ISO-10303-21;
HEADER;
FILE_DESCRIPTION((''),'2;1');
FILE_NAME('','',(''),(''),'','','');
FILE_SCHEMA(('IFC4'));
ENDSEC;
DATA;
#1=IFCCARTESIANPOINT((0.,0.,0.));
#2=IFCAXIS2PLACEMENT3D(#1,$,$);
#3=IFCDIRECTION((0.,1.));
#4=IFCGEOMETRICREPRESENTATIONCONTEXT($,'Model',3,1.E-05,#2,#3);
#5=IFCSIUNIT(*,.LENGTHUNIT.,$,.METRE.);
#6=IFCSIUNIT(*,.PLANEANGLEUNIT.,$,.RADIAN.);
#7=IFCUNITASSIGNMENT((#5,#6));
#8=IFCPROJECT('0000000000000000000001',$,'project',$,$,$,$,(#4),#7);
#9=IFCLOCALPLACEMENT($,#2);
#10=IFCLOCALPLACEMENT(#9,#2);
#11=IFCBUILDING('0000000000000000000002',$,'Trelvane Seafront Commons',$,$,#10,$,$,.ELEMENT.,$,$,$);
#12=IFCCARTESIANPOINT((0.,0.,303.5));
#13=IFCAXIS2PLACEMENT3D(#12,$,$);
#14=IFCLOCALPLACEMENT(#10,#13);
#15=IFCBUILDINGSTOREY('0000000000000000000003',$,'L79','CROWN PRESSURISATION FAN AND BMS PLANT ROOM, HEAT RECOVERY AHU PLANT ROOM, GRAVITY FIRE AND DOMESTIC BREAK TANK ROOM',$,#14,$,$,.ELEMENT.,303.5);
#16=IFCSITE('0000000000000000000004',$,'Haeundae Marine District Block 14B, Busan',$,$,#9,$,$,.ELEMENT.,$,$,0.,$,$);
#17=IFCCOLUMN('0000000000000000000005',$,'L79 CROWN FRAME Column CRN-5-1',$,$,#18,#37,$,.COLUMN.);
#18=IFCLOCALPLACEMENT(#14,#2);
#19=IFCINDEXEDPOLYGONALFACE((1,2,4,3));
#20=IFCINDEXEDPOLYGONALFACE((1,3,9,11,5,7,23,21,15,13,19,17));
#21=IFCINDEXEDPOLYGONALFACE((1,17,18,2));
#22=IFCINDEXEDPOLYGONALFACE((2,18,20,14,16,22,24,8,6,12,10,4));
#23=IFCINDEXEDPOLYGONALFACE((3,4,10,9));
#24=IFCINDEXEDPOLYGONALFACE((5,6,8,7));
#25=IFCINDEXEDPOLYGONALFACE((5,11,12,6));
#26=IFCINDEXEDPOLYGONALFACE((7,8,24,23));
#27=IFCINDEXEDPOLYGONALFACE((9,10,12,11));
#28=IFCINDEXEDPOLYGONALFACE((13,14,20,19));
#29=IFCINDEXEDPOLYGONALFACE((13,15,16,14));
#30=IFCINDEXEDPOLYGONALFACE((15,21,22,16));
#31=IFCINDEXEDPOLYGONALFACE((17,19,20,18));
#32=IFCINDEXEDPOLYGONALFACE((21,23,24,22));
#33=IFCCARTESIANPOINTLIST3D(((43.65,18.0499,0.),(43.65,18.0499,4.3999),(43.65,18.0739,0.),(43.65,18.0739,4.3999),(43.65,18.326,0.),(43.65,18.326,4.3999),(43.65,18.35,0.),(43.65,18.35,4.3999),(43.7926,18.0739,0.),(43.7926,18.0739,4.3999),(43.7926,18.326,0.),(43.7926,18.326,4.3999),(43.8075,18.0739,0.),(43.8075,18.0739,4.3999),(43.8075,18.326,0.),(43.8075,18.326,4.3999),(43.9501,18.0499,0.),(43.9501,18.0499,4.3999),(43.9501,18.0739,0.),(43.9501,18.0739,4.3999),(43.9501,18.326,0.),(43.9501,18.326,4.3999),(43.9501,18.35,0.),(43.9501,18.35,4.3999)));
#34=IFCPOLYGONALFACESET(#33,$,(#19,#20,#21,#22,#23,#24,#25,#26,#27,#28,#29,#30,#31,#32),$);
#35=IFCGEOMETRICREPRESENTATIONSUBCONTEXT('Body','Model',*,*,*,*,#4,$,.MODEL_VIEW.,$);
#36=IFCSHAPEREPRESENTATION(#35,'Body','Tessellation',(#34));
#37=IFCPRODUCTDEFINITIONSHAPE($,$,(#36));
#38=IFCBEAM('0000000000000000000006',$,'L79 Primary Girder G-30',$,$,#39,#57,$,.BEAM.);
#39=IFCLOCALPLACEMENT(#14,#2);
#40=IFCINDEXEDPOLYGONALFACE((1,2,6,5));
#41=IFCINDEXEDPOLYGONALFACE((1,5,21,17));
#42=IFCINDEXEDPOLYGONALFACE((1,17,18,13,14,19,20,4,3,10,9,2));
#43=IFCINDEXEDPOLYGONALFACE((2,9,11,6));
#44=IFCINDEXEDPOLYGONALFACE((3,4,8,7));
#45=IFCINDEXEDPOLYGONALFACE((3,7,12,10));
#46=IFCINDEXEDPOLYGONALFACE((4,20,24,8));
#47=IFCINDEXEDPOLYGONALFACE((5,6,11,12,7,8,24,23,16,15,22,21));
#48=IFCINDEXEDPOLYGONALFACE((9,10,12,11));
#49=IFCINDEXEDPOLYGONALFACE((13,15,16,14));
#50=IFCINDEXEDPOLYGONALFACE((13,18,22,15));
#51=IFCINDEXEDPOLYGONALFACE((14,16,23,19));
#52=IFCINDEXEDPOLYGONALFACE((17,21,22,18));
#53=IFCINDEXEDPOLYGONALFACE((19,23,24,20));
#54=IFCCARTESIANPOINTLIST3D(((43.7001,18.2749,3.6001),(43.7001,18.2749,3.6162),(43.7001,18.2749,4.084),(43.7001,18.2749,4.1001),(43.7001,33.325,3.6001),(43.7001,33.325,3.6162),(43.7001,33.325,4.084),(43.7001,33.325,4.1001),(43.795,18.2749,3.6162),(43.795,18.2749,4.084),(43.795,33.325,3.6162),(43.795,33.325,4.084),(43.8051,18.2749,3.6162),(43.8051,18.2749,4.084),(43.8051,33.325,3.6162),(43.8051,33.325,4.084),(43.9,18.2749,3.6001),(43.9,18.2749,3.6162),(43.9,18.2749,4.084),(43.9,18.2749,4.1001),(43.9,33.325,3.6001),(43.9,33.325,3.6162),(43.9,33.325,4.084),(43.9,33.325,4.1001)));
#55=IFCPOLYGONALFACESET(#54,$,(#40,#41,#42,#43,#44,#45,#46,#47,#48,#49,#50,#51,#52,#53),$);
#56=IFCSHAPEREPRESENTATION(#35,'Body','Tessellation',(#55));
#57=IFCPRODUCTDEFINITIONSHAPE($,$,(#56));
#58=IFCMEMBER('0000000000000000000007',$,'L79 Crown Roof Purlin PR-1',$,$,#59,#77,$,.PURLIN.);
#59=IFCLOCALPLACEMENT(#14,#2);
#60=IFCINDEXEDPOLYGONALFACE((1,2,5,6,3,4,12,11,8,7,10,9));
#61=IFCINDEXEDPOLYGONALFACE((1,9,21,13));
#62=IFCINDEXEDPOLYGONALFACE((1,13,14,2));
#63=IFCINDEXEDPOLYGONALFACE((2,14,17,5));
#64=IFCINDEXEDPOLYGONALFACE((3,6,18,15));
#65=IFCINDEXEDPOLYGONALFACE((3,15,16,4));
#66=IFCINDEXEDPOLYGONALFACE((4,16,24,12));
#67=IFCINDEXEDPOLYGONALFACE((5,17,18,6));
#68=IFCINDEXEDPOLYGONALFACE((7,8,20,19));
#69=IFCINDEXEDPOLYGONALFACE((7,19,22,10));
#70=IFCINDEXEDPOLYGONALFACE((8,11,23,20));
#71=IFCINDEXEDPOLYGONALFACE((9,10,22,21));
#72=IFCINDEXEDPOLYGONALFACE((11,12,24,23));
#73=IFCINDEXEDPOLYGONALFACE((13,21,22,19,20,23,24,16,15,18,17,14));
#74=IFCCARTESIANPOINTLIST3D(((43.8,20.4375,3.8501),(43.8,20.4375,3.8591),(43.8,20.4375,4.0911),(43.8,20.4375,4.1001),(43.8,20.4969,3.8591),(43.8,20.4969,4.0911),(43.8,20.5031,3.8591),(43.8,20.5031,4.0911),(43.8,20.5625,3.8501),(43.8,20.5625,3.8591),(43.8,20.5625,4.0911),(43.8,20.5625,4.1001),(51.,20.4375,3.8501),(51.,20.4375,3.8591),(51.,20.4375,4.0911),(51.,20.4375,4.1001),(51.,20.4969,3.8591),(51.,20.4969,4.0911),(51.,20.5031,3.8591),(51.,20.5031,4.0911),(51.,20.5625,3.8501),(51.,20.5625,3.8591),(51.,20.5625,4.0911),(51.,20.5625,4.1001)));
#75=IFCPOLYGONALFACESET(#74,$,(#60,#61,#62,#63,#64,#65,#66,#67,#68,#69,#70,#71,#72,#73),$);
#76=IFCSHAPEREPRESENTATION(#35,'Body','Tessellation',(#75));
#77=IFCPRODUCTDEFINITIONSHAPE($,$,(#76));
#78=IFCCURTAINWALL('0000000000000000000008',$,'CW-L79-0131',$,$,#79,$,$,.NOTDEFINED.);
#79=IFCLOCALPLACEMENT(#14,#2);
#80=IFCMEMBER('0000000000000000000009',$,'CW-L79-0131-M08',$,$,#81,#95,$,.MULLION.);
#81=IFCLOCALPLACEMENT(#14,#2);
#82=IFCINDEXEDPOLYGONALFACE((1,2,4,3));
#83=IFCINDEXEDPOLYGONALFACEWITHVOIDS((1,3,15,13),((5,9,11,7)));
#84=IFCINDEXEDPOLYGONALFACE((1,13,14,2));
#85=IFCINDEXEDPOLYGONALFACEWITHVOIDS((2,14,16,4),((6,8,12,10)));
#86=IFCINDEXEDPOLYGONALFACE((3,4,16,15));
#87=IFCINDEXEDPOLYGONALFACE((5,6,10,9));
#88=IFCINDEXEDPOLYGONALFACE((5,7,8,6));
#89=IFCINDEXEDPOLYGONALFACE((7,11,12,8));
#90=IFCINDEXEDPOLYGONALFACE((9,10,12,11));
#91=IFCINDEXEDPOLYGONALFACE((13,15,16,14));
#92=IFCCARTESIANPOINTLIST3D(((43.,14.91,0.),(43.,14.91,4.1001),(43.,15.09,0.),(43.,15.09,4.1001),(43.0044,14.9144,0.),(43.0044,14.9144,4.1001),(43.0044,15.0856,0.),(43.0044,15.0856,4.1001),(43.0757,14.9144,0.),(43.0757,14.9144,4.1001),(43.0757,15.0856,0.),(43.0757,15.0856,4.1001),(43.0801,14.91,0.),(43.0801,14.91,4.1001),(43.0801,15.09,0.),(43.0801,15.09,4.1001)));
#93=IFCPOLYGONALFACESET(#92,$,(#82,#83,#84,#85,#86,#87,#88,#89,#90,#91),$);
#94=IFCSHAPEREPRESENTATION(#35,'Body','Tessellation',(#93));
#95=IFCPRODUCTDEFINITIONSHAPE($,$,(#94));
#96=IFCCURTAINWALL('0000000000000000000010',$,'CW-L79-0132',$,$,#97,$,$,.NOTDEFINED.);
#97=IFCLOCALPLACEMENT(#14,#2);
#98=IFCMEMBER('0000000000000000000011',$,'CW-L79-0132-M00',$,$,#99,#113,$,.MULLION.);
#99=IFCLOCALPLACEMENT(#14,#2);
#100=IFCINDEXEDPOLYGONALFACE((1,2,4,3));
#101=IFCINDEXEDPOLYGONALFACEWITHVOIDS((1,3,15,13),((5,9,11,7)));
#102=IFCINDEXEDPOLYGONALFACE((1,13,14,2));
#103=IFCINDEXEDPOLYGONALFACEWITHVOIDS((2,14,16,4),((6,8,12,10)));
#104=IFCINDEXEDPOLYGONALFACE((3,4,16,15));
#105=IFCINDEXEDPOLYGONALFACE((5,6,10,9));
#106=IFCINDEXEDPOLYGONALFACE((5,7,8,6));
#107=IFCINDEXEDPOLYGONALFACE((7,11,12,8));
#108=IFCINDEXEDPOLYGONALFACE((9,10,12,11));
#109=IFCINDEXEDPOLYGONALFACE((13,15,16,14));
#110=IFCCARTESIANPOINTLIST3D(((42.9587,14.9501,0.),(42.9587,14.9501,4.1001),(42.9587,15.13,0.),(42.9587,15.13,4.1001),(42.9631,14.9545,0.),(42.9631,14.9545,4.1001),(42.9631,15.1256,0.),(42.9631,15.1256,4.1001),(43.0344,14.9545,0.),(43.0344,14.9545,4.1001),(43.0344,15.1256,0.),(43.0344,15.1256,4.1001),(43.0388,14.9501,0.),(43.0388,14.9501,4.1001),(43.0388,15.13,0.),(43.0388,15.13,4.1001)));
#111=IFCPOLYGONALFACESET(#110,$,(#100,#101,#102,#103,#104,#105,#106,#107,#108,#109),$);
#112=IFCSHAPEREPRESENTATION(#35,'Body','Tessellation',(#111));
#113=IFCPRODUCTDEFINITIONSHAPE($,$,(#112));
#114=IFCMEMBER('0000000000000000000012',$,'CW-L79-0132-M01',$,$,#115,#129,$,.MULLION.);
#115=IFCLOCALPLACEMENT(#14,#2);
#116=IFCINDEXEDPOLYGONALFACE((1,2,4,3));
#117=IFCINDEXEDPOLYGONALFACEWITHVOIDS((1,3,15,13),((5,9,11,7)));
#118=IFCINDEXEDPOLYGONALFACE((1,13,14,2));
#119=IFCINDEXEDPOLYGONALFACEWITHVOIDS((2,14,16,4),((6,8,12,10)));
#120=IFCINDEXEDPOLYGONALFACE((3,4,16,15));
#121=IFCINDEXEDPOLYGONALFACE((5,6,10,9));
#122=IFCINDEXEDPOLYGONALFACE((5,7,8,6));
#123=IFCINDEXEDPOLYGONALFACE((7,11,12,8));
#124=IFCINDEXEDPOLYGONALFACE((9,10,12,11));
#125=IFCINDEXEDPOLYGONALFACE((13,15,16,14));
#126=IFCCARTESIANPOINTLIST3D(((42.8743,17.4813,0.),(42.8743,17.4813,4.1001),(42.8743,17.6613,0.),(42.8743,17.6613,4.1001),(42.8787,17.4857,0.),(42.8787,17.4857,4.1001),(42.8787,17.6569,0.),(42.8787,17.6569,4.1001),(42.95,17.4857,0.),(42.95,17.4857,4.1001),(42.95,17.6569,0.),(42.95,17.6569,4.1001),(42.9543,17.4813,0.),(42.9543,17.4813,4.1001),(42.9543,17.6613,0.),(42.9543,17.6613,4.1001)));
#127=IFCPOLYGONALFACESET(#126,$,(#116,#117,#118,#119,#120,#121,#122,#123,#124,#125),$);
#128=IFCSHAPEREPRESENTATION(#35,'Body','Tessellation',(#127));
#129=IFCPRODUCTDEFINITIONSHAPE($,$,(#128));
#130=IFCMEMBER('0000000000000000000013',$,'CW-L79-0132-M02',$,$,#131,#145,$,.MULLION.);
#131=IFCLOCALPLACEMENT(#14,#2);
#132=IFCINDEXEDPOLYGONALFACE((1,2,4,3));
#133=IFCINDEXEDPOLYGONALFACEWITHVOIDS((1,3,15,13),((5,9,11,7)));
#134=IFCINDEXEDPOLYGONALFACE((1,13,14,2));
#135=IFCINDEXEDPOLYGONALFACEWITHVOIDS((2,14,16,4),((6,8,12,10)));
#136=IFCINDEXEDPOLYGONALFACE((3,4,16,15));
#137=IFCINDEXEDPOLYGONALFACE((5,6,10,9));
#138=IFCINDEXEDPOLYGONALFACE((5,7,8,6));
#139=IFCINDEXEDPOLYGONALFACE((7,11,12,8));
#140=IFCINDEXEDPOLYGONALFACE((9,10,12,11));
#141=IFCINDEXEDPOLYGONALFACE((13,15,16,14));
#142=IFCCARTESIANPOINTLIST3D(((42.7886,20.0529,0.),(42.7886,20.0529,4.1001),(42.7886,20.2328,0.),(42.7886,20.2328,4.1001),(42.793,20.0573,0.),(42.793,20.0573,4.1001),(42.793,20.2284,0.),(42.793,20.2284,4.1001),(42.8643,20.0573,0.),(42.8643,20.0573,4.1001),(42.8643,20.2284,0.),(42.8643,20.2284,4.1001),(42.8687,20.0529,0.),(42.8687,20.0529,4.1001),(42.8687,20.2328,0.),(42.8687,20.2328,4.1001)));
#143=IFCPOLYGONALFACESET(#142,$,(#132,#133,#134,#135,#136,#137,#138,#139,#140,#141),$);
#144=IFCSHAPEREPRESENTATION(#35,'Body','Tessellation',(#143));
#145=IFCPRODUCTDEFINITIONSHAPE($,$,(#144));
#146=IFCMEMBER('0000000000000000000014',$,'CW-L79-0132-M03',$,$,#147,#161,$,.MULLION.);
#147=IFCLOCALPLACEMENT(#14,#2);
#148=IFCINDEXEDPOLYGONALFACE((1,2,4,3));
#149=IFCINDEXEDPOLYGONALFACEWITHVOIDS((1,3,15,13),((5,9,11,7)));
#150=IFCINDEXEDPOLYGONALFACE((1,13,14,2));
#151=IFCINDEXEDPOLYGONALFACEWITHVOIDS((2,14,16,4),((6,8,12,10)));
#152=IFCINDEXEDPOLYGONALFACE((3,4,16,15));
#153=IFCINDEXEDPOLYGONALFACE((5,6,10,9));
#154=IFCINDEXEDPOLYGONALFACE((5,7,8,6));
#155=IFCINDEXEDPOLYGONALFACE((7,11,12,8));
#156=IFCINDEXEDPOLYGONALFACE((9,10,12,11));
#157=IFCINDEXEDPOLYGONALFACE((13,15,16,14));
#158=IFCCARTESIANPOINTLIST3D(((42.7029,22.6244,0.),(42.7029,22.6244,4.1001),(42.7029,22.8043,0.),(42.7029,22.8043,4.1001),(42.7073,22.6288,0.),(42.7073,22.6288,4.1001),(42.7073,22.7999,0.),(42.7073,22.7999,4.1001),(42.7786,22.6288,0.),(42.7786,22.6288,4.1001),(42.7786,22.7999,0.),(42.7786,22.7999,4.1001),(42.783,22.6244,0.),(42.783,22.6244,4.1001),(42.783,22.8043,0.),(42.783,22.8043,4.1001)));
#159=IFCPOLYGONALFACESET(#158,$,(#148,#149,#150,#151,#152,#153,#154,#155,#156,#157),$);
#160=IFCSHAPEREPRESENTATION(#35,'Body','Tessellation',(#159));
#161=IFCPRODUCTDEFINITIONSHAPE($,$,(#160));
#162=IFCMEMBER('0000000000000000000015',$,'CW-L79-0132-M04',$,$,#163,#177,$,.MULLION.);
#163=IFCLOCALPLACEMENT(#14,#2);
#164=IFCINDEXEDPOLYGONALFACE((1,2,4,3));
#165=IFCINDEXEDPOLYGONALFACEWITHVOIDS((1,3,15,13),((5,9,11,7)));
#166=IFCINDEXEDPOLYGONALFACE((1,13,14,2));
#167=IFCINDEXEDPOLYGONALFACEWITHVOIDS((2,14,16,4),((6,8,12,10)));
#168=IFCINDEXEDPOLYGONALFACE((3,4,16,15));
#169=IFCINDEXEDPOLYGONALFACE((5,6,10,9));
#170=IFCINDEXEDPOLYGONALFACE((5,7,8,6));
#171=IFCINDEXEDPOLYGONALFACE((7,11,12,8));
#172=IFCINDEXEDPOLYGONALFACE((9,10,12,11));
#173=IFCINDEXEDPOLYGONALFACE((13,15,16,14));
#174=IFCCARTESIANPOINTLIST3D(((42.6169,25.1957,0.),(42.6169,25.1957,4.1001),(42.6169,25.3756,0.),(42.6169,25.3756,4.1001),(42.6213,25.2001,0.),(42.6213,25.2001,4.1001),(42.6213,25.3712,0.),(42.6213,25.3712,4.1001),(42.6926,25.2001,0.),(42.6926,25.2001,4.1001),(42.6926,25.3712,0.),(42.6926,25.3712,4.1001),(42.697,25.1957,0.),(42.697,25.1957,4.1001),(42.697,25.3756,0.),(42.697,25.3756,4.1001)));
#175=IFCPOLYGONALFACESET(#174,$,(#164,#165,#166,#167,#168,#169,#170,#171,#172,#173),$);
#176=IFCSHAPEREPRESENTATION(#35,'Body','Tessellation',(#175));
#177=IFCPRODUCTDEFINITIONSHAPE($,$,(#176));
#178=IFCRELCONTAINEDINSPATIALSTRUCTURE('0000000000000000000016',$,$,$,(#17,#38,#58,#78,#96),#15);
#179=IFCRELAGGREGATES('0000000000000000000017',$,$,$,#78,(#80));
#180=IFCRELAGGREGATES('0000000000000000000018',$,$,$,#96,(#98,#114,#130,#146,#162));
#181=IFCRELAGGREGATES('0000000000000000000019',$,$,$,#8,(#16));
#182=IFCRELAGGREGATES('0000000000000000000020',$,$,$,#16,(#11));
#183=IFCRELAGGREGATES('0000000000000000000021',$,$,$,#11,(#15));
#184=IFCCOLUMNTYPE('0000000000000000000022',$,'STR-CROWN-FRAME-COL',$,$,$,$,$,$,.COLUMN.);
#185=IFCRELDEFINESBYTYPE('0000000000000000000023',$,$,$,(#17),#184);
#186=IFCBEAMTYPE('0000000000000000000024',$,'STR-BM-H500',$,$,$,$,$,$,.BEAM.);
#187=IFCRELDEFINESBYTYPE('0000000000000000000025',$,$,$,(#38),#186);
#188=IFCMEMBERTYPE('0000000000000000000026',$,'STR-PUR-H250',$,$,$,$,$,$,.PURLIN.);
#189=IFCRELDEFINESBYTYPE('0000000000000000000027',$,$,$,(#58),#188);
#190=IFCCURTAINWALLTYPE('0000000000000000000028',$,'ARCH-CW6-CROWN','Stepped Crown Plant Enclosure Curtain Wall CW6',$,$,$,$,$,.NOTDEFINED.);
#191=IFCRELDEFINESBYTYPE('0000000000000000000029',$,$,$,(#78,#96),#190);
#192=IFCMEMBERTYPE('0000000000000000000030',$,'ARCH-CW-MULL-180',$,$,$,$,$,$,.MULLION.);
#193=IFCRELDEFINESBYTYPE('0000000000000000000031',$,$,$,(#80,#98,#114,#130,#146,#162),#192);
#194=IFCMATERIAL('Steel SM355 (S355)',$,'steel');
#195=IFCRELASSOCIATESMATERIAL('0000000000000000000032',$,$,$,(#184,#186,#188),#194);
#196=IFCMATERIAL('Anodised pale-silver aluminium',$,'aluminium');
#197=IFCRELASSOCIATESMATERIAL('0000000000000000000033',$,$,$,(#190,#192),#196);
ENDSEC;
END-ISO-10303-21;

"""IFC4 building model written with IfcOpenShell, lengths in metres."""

from ifc_helpers import new_model, si_unit, direction, frame, origin, origin_2d, place, context, subcontext, project, spatial, hollow_rectangle, i_section, extrude, source, transform, mapped, material, material_profile, profile_set, type_object, element, aggregate, save


model = new_model("IFC4")

# Units and contexts
model_context = context("Model", 3, precision=1e-05, world=origin(), true_north=direction((0.0, 1.0)))
body_context = subcontext(model_context, "Body", "Model", "MODEL_VIEW")
ifc_project = project(units=[si_unit("LENGTHUNIT", "METRE"), si_unit("PLANEANGLEUNIT", "RADIAN")], contexts=[model_context])

# Site, building, storey
site_placement = place(None, origin())
site = spatial("IfcSite", under=ifc_project, at=site_placement, Name="Haeundae Marine District Block 14B, Busan", CompositionType="ELEMENT", RefElevation=0.0)
building_placement = place(site_placement, origin())
building = spatial("IfcBuilding", under=site, at=building_placement, Name="Trelvane Seafront Commons", CompositionType="ELEMENT")
storey_placement = place(building_placement, frame((0.0, 0.0, 303.5)))
storey = spatial("IfcBuildingStorey", under=building, at=storey_placement, Name="L79", Description="CROWN PRESSURISATION FAN AND BMS PLANT ROOM, HEAT RECOVERY AHU PLANT ROOM, GRAVITY FIRE AND DOMESTIC BREAK TANK ROOM", CompositionType="ELEMENT", Elevation=303.5)

# Column
ifc_material_1 = material(Name="Steel SM355 (S355)", Category="steel")
ifc_material_profile_1 = material_profile(ifc_material_1, i_section(OverallWidth=0.3, OverallDepth=0.3, WebThickness=0.0149, FlangeThickness=0.0239, at=origin_2d()), Name="HD-300x300x15x24")
ifc_profile_set_1 = profile_set([ifc_material_profile_1], Name="Steel SM355 (S355)")
column_type = type_object("IfcColumnType", Name="STR-CROWN-FRAME-COL", PredefinedType="COLUMN", material=ifc_profile_set_1)
shared_shape_1 = source(origin(), body_context, "Body", "SweptSolid", [
    extrude(i_section(OverallWidth=0.3, OverallDepth=0.3, WebThickness=0.0149, FlangeThickness=0.0239, at=origin_2d()), origin(), (0.0, 0.0, 1.0), 4.3999),
])
column_placement = place(storey_placement, frame((43.8, 18.2, 0.0), z_axis=(0.0, 0.0, 1.0), x_axis=(1.0, 0.0, 0.0)))
element("IfcColumn", 1, at=column_placement, inside=storey, type_object=column_type, Name="L79 CROWN FRAME Column CRN-5-1", PredefinedType="COLUMN", context=body_context, shape_type="MappedRepresentation", body=[
    mapped(shared_shape_1, transform((0.0, 0.0, 0.0), x_axis=(1.0, 0.0, 0.0), y_axis=(0.0, 1.0, 0.0), z_axis=(0.0, 0.0, 1.0), scale=1.0)),
])

# Beam
ifc_material_profile_2 = material_profile(ifc_material_1, i_section(OverallWidth=0.2, OverallDepth=0.5, WebThickness=0.01, FlangeThickness=0.0161, at=origin_2d()), Name="H-500x200x10x16")
ifc_profile_set_2 = profile_set([ifc_material_profile_2], Name="Steel SM355 (S355)")
beam_type = type_object("IfcBeamType", Name="STR-BM-H500", PredefinedType="BEAM", material=ifc_profile_set_2)
shared_shape_2 = source(origin(), body_context, "Body", "SweptSolid", [
    extrude(i_section(OverallWidth=0.2, OverallDepth=0.5, WebThickness=0.01, FlangeThickness=0.0161, at=origin_2d()), origin(), (0.0, 0.0, 1.0), 15.05),
])
beam_placement = place(storey_placement, frame((43.8, 18.2749, 3.8501), z_axis=(0.0, 1.0, 0.0), x_axis=(-1.0, 0.0, 0.0)))
element("IfcBeam", 2, at=beam_placement, inside=storey, type_object=beam_type, Name="L79 Primary Girder G-30", PredefinedType="BEAM", context=body_context, shape_type="MappedRepresentation", body=[
    mapped(shared_shape_2, transform((0.0, 0.0, 0.0), x_axis=(1.0, 0.0, 0.0), y_axis=(0.0, 1.0, 0.0), z_axis=(0.0, 0.0, 1.0), scale=1.0)),
])

# Member
ifc_material_profile_3 = material_profile(ifc_material_1, i_section(OverallWidth=0.125, OverallDepth=0.25, WebThickness=0.0061, FlangeThickness=0.009, at=origin_2d()), Name="H-250x125x6x9")
ifc_profile_set_3 = profile_set([ifc_material_profile_3], Name="Steel SM355 (S355)")
member_type_1 = type_object("IfcMemberType", Name="STR-PUR-H250", PredefinedType="PURLIN", material=ifc_profile_set_3)
shared_shape_3 = source(origin(), body_context, "Body", "SweptSolid", [
    extrude(i_section(OverallWidth=0.125, OverallDepth=0.25, WebThickness=0.0061, FlangeThickness=0.009, at=origin_2d()), origin(), (0.0, 0.0, 1.0), 7.2),
])
member_1_placement = place(storey_placement, frame((43.8, 20.5, 3.9751), z_axis=(1.0, 0.0, 0.0), x_axis=(0.0, 1.0, 0.0)))
element("IfcMember", 3, at=member_1_placement, inside=storey, type_object=member_type_1, Name="L79 Crown Roof Purlin PR-1", PredefinedType="PURLIN", context=body_context, shape_type="MappedRepresentation", body=[
    mapped(shared_shape_3, transform((0.0, 0.0, 0.0), x_axis=(1.0, 0.0, 0.0), y_axis=(0.0, 1.0, 0.0), z_axis=(0.0, 0.0, 1.0), scale=1.0)),
])

# Curtain wall, member
ifc_material_2 = material(Name="Anodised pale-silver aluminium", Category="aluminium")
curtain_wall_type = type_object("IfcCurtainWallType", Name="ARCH-CW6-CROWN", Description="Stepped Crown Plant Enclosure Curtain Wall CW6", PredefinedType="NOTDEFINED", material=ifc_material_2)
curtain_wall_1_placement = place(storey_placement, origin())
curtain_wall_1 = element("IfcCurtainWall", 4, at=curtain_wall_1_placement, inside=storey, type_object=curtain_wall_type, Name="CW-L79-0131", PredefinedType="NOTDEFINED")
ifc_material_profile_4 = material_profile(ifc_material_2, hollow_rectangle(XDim=0.0801, YDim=0.1799, WallThickness=0.0044, at=origin_2d()), Name="MULL-80x180x4.5")
ifc_profile_set_4 = profile_set([ifc_material_profile_4], Name="Anodised pale-silver aluminium")
member_type_2 = type_object("IfcMemberType", Name="ARCH-CW-MULL-180", PredefinedType="MULLION", material=ifc_profile_set_4)
shared_shape_4 = source(origin(), body_context, "Body", "SweptSolid", [
    extrude(hollow_rectangle(XDim=0.0801, YDim=0.1799, WallThickness=0.0044, at=origin_2d()), origin(), (0.0, 0.0, 1.0), 4.1001),
])
member_2_placement = place(storey_placement, frame((43.04, 15.0, 0.0), z_axis=(0.0, 0.0, 1.0), x_axis=(1.0, 0.0, 0.0)))
member_2 = element("IfcMember", 5, at=member_2_placement, type_object=member_type_2, Name="CW-L79-0131-M08", PredefinedType="MULLION", context=body_context, shape_type="MappedRepresentation", body=[
    mapped(shared_shape_4, transform((0.0, 0.0, 0.0), x_axis=(1.0, 0.0, 0.0), y_axis=(0.0, 1.0, 0.0), z_axis=(0.0, 0.0, 1.0), scale=1.0)),
])
aggregate(curtain_wall_1, [member_2])

# Curtain wall, members
curtain_wall_2_placement = place(storey_placement, origin())
curtain_wall_2 = element("IfcCurtainWall", 6, at=curtain_wall_2_placement, inside=storey, type_object=curtain_wall_type, Name="CW-L79-0132", PredefinedType="NOTDEFINED")
member_3_placement = place(storey_placement, frame((42.9988, 15.04, 0.0), z_axis=(0.0, 0.0, 1.0), x_axis=(1.0, 0.0, 0.0)))
member_3 = element("IfcMember", 7, at=member_3_placement, type_object=member_type_2, Name="CW-L79-0132-M00", PredefinedType="MULLION", context=body_context, shape_type="MappedRepresentation", body=[
    mapped(shared_shape_4, transform((0.0, 0.0, 0.0), x_axis=(1.0, 0.0, 0.0), y_axis=(0.0, 1.0, 0.0), z_axis=(0.0, 0.0, 1.0), scale=1.0)),
])
member_4_placement = place(storey_placement, frame((42.9143, 17.5713, 0.0), z_axis=(0.0, 0.0, 1.0), x_axis=(1.0, 0.0, 0.0)))
member_4 = element("IfcMember", 8, at=member_4_placement, type_object=member_type_2, Name="CW-L79-0132-M01", PredefinedType="MULLION", context=body_context, shape_type="MappedRepresentation", body=[
    mapped(shared_shape_4, transform((0.0, 0.0, 0.0), x_axis=(1.0, 0.0, 0.0), y_axis=(0.0, 1.0, 0.0), z_axis=(0.0, 0.0, 1.0), scale=1.0)),
])
member_5_placement = place(storey_placement, frame((42.8286, 20.1428, 0.0), z_axis=(0.0, 0.0, 1.0), x_axis=(1.0, 0.0, 0.0)))
member_5 = element("IfcMember", 9, at=member_5_placement, type_object=member_type_2, Name="CW-L79-0132-M02", PredefinedType="MULLION", context=body_context, shape_type="MappedRepresentation", body=[
    mapped(shared_shape_4, transform((0.0, 0.0, 0.0), x_axis=(1.0, 0.0, 0.0), y_axis=(0.0, 1.0, 0.0), z_axis=(0.0, 0.0, 1.0), scale=1.0)),
])
member_6_placement = place(storey_placement, frame((42.7429, 22.7144, 0.0), z_axis=(0.0, 0.0, 1.0), x_axis=(1.0, 0.0, 0.0)))
member_6 = element("IfcMember", 10, at=member_6_placement, type_object=member_type_2, Name="CW-L79-0132-M03", PredefinedType="MULLION", context=body_context, shape_type="MappedRepresentation", body=[
    mapped(shared_shape_4, transform((0.0, 0.0, 0.0), x_axis=(1.0, 0.0, 0.0), y_axis=(0.0, 1.0, 0.0), z_axis=(0.0, 0.0, 1.0), scale=1.0)),
])
member_7_placement = place(storey_placement, frame((42.657, 25.2856, 0.0), z_axis=(0.0, 0.0, 1.0), x_axis=(1.0, 0.0, 0.0)))
member_7 = element("IfcMember", 11, at=member_7_placement, type_object=member_type_2, Name="CW-L79-0132-M04", PredefinedType="MULLION", context=body_context, shape_type="MappedRepresentation", body=[
    mapped(shared_shape_4, transform((0.0, 0.0, 0.0), x_axis=(1.0, 0.0, 0.0), y_axis=(0.0, 1.0, 0.0), z_axis=(0.0, 0.0, 1.0), scale=1.0)),
])
aggregate(curtain_wall_2, [member_3, member_4, member_5, member_6, member_7])

save(model, "model.ifc")
